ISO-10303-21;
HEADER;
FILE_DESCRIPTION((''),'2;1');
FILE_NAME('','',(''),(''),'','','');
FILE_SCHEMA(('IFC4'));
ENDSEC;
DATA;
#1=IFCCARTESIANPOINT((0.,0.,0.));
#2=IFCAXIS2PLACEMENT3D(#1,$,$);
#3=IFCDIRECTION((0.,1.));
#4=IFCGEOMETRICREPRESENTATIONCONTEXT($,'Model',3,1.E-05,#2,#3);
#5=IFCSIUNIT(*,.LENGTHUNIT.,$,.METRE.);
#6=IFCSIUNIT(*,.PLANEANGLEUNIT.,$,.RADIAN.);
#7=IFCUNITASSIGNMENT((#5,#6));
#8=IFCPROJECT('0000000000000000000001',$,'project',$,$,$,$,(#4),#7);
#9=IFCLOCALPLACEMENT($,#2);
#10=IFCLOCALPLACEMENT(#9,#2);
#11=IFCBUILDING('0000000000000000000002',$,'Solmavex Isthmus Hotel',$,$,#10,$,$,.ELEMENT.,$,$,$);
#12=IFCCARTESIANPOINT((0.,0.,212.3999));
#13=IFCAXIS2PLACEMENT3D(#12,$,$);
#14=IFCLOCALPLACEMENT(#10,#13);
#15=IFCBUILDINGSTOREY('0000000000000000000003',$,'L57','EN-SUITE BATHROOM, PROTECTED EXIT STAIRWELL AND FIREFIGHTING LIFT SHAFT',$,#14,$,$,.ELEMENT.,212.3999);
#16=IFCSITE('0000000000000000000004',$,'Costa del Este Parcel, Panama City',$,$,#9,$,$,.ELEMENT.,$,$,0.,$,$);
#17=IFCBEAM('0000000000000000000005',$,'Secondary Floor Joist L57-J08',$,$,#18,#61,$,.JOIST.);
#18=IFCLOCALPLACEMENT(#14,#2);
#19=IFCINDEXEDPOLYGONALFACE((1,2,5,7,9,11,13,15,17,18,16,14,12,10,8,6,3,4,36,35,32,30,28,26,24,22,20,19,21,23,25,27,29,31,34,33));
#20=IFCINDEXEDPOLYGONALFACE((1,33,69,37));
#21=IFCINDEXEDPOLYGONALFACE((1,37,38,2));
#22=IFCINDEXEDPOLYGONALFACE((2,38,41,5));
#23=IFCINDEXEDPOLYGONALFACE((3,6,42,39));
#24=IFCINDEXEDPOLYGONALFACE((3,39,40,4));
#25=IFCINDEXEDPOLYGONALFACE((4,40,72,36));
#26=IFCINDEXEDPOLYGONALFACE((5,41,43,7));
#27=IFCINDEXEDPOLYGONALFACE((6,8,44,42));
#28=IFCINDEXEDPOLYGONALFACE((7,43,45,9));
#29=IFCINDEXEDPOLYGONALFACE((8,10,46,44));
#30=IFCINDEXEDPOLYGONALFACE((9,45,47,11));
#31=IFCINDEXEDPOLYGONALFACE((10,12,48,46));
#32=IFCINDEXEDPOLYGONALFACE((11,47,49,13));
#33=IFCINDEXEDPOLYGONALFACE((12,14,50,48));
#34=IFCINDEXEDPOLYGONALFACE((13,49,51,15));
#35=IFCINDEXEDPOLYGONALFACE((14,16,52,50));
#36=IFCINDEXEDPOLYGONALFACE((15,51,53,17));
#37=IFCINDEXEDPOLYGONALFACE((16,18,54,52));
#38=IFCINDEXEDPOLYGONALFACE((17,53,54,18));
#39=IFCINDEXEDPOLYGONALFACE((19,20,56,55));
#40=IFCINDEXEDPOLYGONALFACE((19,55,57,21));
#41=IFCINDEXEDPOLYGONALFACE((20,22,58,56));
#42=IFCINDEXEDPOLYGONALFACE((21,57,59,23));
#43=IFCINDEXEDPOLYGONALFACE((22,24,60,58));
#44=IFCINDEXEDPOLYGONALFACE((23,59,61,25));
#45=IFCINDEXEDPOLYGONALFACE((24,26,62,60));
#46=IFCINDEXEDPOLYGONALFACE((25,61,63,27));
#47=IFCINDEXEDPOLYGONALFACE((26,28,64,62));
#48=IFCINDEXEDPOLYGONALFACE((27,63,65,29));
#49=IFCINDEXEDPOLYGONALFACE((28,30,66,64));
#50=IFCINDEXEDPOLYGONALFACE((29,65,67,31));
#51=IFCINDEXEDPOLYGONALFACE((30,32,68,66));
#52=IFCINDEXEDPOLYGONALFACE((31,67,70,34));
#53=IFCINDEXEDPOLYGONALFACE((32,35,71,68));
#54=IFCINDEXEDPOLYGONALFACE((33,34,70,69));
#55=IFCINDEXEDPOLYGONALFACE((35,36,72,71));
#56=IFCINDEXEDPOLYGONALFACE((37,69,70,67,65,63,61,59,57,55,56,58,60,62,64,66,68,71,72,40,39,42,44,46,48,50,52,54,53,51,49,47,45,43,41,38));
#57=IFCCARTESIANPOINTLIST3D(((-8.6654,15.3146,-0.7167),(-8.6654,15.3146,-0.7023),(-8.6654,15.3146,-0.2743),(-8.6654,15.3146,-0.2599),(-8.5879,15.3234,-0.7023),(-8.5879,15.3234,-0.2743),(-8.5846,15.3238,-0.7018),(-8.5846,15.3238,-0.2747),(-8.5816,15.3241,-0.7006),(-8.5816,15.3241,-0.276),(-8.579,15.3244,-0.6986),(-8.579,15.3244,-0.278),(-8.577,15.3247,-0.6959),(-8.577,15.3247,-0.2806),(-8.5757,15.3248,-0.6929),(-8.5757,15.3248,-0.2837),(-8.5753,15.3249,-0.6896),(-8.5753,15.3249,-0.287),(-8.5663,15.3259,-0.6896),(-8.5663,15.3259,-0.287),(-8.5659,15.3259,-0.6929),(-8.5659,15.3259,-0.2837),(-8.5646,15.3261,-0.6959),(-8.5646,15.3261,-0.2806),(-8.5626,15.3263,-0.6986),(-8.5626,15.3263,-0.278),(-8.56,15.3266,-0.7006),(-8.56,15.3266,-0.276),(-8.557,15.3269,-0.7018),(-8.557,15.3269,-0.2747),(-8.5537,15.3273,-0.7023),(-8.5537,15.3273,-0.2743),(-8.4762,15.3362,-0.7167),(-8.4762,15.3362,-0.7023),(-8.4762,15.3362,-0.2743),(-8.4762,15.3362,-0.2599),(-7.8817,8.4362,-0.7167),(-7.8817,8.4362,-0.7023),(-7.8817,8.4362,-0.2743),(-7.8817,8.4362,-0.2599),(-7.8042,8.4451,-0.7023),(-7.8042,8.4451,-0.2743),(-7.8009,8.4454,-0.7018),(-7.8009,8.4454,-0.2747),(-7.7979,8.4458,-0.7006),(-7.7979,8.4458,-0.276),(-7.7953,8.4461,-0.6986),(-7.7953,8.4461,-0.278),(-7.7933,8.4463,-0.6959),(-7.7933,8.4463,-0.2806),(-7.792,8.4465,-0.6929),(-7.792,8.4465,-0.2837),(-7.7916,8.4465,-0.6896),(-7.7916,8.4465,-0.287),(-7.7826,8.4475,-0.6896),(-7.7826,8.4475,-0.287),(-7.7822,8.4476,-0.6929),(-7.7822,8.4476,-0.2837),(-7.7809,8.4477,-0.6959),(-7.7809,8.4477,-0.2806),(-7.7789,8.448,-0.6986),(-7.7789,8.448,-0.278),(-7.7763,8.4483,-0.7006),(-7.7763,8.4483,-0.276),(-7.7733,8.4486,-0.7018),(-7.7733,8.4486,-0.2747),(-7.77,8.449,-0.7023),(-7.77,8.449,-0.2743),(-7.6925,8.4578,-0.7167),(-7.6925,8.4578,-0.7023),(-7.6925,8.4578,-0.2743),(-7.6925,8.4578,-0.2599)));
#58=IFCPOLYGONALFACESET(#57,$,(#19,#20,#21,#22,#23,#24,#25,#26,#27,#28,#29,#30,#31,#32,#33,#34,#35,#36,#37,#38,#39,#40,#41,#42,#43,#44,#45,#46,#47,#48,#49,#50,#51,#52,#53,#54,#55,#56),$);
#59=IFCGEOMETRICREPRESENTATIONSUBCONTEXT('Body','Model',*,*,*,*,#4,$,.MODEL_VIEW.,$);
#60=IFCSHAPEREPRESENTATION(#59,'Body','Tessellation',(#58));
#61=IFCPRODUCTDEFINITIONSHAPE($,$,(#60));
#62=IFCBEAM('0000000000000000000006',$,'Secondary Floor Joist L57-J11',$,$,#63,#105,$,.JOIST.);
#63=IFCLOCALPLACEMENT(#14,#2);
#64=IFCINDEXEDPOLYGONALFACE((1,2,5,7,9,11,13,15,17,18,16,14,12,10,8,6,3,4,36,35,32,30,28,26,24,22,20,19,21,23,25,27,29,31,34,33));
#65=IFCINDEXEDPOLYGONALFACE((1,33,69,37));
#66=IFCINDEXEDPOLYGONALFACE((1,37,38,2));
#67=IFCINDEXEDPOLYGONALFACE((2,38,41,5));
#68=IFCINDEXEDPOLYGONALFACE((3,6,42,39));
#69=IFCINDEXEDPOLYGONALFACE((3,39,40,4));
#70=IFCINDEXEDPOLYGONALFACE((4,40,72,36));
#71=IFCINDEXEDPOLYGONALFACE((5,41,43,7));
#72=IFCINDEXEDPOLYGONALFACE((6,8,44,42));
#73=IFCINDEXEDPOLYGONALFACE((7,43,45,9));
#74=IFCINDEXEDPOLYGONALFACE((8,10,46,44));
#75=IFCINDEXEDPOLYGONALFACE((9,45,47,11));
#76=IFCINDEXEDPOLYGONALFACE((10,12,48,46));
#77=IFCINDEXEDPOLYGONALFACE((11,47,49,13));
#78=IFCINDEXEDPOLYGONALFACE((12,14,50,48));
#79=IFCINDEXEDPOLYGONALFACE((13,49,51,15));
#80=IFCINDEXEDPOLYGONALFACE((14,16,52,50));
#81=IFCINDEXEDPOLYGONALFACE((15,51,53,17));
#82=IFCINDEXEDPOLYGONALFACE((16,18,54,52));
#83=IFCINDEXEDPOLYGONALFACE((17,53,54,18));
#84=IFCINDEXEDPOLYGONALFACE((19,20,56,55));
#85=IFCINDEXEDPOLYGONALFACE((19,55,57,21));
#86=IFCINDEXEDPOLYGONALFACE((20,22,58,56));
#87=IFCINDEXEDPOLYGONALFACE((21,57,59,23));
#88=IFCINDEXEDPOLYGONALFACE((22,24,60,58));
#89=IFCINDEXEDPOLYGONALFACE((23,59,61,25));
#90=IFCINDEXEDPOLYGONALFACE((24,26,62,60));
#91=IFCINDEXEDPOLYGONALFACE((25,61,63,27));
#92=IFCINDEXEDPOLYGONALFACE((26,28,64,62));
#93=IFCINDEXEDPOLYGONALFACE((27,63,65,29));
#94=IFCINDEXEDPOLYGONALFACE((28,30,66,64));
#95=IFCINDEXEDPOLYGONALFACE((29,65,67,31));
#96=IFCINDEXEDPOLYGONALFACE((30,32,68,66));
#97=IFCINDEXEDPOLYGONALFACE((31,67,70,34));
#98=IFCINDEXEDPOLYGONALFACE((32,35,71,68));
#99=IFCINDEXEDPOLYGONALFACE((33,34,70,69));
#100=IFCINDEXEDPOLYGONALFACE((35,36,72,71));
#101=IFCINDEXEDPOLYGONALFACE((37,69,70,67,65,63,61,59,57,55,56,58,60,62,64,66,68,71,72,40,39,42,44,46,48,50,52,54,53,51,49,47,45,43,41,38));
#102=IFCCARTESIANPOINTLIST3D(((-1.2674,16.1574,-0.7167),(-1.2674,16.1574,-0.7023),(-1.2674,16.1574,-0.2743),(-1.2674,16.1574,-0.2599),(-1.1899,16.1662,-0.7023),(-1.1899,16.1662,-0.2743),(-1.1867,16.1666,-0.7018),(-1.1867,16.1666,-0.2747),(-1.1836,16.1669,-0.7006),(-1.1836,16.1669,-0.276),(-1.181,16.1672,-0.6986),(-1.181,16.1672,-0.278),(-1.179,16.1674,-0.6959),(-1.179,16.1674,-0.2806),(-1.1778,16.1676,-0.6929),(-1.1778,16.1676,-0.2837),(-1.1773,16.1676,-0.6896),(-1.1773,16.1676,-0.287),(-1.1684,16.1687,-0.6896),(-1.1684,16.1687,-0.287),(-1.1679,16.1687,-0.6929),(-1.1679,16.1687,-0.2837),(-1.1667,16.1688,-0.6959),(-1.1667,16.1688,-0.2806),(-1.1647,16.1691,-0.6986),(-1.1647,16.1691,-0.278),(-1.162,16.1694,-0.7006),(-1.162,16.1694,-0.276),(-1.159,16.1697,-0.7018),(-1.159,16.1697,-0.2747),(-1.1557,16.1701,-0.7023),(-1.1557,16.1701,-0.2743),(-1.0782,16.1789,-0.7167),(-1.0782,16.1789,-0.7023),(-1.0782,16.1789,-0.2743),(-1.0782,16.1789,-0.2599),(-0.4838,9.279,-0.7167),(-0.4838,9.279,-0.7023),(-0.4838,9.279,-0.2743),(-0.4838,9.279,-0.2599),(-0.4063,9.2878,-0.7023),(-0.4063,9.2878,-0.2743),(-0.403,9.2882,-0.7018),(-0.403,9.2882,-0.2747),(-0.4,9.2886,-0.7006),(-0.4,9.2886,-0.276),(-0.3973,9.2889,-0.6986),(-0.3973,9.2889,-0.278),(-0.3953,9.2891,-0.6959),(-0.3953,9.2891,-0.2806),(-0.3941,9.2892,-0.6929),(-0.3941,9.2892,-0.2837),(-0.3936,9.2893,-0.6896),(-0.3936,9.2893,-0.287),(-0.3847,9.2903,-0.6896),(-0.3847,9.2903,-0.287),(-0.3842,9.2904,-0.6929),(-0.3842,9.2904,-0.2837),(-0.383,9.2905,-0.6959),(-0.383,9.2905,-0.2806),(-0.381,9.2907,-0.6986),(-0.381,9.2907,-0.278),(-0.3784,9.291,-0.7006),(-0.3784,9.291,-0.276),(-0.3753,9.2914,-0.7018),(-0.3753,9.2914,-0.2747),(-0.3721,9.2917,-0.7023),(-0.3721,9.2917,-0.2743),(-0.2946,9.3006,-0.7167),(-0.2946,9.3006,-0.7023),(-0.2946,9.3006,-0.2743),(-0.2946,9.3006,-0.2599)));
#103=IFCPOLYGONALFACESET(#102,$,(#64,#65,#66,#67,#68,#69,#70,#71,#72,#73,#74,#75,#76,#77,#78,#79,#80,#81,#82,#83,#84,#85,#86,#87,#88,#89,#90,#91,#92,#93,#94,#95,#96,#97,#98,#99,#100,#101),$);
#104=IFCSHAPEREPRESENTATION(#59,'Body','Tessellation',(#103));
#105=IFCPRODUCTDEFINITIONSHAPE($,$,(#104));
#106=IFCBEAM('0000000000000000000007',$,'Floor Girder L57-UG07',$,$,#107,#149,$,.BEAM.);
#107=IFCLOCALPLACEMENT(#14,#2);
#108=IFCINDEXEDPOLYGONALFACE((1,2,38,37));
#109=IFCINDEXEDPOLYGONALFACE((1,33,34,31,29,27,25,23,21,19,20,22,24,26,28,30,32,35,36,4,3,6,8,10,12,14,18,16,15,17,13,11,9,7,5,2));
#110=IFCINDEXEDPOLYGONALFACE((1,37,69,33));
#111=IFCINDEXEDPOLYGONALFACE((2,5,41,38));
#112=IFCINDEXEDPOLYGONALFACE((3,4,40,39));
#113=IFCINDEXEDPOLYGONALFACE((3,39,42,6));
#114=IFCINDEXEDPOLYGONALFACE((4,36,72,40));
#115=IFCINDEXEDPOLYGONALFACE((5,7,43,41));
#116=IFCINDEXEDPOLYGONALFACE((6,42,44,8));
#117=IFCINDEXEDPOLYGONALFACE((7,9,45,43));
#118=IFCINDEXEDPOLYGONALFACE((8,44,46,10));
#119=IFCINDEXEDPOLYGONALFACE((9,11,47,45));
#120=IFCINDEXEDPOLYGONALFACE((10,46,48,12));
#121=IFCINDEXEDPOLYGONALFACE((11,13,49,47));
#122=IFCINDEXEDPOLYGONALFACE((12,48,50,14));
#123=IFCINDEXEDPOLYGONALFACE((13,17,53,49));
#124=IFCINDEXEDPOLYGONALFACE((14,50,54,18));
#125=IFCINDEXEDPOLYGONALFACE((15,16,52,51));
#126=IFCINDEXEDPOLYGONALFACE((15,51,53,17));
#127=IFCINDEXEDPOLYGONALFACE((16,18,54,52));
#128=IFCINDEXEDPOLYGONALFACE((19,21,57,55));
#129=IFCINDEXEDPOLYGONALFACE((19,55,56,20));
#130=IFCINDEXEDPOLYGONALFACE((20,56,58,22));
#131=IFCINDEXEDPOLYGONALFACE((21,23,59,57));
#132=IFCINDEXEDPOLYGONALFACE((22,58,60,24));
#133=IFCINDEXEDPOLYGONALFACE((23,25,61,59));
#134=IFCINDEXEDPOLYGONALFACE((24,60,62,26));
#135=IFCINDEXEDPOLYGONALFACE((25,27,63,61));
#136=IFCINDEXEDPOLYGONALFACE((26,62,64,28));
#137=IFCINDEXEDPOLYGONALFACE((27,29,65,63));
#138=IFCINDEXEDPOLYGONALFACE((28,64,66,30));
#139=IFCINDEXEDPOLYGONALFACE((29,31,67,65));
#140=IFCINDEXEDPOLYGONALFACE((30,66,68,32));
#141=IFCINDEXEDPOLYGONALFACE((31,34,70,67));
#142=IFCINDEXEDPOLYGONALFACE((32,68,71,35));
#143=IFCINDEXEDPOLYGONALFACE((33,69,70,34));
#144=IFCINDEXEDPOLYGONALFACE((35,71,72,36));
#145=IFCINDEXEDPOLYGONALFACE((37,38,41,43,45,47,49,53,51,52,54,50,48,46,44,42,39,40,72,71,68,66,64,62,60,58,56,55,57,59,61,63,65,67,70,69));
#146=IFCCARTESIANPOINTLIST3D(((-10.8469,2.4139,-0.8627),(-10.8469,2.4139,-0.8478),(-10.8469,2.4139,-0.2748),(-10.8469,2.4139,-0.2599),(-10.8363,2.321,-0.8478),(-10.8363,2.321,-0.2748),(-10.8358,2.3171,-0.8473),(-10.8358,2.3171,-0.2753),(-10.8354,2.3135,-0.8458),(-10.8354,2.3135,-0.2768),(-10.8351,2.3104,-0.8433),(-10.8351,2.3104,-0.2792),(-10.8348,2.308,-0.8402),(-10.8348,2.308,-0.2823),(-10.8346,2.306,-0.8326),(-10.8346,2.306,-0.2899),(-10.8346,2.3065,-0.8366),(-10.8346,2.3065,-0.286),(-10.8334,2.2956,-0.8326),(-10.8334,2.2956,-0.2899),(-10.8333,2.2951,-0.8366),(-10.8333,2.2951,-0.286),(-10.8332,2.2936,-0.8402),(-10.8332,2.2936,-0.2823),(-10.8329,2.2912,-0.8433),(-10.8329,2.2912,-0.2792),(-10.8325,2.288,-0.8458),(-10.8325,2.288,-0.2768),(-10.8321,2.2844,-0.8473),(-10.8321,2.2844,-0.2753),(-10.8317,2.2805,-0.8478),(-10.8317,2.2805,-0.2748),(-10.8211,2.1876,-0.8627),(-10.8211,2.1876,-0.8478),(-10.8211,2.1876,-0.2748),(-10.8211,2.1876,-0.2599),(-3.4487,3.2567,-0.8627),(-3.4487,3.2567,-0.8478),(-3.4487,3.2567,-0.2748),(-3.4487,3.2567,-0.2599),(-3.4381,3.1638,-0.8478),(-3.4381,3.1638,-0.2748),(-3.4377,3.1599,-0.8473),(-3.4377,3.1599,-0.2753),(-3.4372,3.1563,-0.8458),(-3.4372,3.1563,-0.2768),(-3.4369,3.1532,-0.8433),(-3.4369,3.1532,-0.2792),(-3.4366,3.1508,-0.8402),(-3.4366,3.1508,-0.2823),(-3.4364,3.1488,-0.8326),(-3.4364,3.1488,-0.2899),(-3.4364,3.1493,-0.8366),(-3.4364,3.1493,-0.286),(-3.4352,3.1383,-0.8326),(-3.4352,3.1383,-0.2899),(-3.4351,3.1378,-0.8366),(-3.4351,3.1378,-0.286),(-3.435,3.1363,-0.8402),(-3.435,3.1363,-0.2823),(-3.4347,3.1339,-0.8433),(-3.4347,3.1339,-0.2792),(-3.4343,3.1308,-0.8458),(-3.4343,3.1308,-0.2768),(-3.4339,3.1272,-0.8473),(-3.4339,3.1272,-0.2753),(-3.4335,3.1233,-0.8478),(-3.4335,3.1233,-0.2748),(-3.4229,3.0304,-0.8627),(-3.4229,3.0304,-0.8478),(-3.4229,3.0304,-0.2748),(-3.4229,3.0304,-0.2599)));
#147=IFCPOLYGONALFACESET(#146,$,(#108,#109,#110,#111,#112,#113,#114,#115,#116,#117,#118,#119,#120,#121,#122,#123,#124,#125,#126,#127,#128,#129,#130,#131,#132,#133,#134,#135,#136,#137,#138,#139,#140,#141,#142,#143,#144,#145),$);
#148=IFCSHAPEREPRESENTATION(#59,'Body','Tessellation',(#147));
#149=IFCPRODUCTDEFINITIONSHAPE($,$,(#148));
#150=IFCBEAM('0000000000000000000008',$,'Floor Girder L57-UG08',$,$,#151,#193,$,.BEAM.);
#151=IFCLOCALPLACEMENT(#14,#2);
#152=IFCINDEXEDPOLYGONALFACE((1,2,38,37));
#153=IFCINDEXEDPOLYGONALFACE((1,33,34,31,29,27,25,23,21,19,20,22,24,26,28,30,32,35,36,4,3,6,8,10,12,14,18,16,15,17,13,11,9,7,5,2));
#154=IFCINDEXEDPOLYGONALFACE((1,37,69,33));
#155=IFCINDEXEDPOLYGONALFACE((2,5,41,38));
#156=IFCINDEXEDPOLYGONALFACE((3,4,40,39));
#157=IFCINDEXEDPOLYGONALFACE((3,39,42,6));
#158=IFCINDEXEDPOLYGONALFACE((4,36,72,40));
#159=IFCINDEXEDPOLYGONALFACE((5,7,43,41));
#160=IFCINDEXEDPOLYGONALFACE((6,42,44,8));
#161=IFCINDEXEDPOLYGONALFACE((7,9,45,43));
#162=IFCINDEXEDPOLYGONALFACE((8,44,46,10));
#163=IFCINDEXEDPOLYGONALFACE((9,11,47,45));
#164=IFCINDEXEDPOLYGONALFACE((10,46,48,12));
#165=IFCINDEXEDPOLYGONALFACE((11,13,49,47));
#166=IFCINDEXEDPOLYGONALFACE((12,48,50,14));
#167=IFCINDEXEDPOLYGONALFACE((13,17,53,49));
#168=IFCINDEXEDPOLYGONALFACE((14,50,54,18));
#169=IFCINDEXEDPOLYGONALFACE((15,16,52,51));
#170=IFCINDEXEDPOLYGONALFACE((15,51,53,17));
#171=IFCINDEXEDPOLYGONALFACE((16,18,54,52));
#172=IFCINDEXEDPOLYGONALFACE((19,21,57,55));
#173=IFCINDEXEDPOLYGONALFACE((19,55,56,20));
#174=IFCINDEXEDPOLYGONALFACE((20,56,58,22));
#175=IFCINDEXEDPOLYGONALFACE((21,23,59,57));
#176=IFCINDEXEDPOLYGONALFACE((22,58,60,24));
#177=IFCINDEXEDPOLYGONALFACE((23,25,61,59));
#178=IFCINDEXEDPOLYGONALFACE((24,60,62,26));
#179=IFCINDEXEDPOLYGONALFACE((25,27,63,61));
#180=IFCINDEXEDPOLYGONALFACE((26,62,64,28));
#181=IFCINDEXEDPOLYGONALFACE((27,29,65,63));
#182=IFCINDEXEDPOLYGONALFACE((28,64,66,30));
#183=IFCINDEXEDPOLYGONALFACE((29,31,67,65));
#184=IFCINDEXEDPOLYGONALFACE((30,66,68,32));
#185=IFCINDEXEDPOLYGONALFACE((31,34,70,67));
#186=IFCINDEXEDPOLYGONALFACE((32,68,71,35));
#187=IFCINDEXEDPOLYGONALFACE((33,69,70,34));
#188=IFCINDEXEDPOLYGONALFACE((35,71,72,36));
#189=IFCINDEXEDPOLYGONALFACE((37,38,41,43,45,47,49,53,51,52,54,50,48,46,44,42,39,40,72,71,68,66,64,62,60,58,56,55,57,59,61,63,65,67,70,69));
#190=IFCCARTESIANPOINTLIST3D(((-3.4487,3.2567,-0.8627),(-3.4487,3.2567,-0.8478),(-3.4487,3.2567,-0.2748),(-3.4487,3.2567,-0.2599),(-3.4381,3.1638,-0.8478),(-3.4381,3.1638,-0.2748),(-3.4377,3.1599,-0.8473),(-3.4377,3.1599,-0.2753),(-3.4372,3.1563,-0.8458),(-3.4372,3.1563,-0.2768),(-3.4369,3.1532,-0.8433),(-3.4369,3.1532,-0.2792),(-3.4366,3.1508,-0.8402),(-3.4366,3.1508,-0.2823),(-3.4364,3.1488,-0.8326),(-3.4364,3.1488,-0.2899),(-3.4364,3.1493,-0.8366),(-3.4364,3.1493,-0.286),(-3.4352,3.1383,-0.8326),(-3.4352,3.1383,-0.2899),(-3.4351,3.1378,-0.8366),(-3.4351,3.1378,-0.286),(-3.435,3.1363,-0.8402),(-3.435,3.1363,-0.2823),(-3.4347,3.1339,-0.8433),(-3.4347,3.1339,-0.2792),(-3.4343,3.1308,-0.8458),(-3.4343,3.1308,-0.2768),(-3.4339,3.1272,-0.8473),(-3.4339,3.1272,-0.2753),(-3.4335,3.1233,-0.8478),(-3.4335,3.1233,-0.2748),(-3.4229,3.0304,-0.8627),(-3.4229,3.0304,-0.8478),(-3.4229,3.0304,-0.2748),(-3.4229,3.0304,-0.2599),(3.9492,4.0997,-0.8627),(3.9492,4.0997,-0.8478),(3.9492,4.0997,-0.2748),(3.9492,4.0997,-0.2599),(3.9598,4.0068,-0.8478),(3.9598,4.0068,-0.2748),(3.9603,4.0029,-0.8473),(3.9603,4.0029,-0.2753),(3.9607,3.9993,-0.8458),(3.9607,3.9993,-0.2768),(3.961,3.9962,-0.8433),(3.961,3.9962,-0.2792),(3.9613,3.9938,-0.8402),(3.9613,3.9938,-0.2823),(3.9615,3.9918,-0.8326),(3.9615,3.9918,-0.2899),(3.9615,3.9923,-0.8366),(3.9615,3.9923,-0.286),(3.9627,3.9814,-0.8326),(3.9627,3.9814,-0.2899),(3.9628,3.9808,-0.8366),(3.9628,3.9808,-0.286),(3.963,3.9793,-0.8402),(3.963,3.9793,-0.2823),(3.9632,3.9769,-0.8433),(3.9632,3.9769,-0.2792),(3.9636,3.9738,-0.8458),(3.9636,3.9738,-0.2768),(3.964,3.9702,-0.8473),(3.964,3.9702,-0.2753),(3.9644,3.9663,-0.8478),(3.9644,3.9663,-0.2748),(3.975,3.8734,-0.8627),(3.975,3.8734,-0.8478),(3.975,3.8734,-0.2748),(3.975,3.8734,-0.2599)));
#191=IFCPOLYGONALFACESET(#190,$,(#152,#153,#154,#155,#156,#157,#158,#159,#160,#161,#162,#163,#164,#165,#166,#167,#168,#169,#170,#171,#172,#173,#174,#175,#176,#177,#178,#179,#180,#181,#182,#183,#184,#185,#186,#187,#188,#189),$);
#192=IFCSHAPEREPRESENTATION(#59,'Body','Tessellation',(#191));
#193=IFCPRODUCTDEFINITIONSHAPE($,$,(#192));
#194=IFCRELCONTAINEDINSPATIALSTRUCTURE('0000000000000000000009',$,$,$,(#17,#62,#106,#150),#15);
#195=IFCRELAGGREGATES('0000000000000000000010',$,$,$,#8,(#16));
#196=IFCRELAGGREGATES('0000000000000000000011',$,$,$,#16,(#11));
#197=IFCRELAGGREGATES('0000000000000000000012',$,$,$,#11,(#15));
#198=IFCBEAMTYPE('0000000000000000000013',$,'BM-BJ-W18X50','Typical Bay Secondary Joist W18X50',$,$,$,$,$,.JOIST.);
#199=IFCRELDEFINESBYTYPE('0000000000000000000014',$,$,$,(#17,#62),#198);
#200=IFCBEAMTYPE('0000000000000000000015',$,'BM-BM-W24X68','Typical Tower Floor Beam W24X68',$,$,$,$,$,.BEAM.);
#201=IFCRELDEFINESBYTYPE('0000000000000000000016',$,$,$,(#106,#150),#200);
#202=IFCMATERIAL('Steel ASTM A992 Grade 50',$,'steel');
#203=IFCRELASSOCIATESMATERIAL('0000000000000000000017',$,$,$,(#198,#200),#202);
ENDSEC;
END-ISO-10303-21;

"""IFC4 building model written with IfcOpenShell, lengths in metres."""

from ifc_helpers import new_model, si_unit, direction, frame, origin, origin_2d, place, context, subcontext, project, spatial, i_section, extrude, material, material_profile, profile_set, type_object, element, save


model = new_model("IFC4")

# Units and contexts
model_context = context("Model", 3, precision=1e-05, world=origin(), true_north=direction((0.0, 1.0)))
body_context = subcontext(model_context, "Body", "Model", "MODEL_VIEW")
ifc_project = project(units=[si_unit("LENGTHUNIT", "METRE"), si_unit("PLANEANGLEUNIT", "RADIAN")], contexts=[model_context])

# Site, building, storey
site_placement = place(None, origin())
site = spatial("IfcSite", under=ifc_project, at=site_placement, Name="Costa del Este Parcel, Panama City", CompositionType="ELEMENT", RefElevation=0.0)
building_placement = place(site_placement, origin())
building = spatial("IfcBuilding", under=site, at=building_placement, Name="Solmavex Isthmus Hotel", CompositionType="ELEMENT")
storey_placement = place(building_placement, frame((0.0, 0.0, 212.3999)))
storey = spatial("IfcBuildingStorey", under=building, at=storey_placement, Name="L57", Description="EN-SUITE BATHROOM, PROTECTED EXIT STAIRWELL AND FIREFIGHTING LIFT SHAFT", CompositionType="ELEMENT", Elevation=212.3999)

# Beams
ifc_material_1 = material(Name="Steel ASTM A992 Grade 50", Category="steel")
ifc_material_profile_1 = material_profile(ifc_material_1, i_section(OverallWidth=0.1904, OverallDepth=0.4568, WebThickness=0.009, FlangeThickness=0.0144, FilletRadius=0.0127, at=origin_2d()), Name="W18X50")
ifc_profile_set_1 = profile_set([ifc_material_profile_1], Name="Steel ASTM A992 Grade 50")
beam_type_1 = type_object("IfcBeamType", Name="BM-BJ-W18X50", Description="Typical Bay Secondary Joist W18X50", PredefinedType="JOIST", material=ifc_profile_set_1)
for number, where, z_axis, x_axis, name in (
    (1, (-7.7871, 8.447, -0.4883), (-0.113202, 0.993572, 0.0), (-0.993572, -0.113202, 0.0), "Secondary Floor Joist L57-J08"),
    (2, (-0.3892, 9.2898, -0.4883), (-0.113202, 0.993572, 0.0), (-0.993572, -0.113202, 0.0), "Secondary Floor Joist L57-J11"),
):
    element("IfcBeam", number, at=place(storey_placement, frame(where, z_axis=z_axis, x_axis=x_axis)), inside=storey, type_object=beam_type_1, Name=name, PredefinedType="JOIST", context=body_context, shape_type="SweptSolid", body=[
        extrude(i_section(OverallWidth=0.1904, OverallDepth=0.4568, WebThickness=0.009, FlangeThickness=0.0144, FilletRadius=0.0127, at=origin_2d()), origin(), (0.0, 0.0, 1.0), 6.9229),
    ])
ifc_material_profile_2 = material_profile(ifc_material_1, i_section(OverallWidth=0.2278, OverallDepth=0.6028, WebThickness=0.0105, FlangeThickness=0.0149, FilletRadius=0.0151, at=origin_2d()), Name="W24X68")
ifc_profile_set_2 = profile_set([ifc_material_profile_2], Name="Steel ASTM A992 Grade 50")
beam_type_2 = type_object("IfcBeamType", Name="BM-BM-W24X68", Description="Typical Tower Floor Beam W24X68", PredefinedType="BEAM", material=ifc_profile_set_2)
beam_1_placement = place(storey_placement, frame((-10.834, 2.3008, -0.5613), z_axis=(0.993574, 0.113184, 0.0), x_axis=(-0.113184, 0.993574, 0.0)))
element("IfcBeam", 3, at=beam_1_placement, inside=storey, type_object=beam_type_2, Name="Floor Girder L57-UG07", PredefinedType="BEAM", context=body_context, shape_type="SweptSolid", body=[
    extrude(i_section(OverallWidth=0.2278, OverallDepth=0.6028, WebThickness=0.0105, FlangeThickness=0.0149, FilletRadius=0.0151, at=origin_2d()), origin(), (0.0, 0.0, 1.0), 7.446),
])
beam_2_placement = place(storey_placement, frame((-3.4358, 3.1436, -0.5613), z_axis=(0.99357, 0.11322, 0.0), x_axis=(-0.11322, 0.99357, 0.0)))
element("IfcBeam", 4, at=beam_2_placement, inside=storey, type_object=beam_type_2, Name="Floor Girder L57-UG08", PredefinedType="BEAM", context=body_context, shape_type="SweptSolid", body=[
    extrude(i_section(OverallWidth=0.2278, OverallDepth=0.6028, WebThickness=0.0105, FlangeThickness=0.0149, FilletRadius=0.0151, at=origin_2d()), origin(), (0.0, 0.0, 1.0), 7.4458),
])

save(model, "model.ifc")
